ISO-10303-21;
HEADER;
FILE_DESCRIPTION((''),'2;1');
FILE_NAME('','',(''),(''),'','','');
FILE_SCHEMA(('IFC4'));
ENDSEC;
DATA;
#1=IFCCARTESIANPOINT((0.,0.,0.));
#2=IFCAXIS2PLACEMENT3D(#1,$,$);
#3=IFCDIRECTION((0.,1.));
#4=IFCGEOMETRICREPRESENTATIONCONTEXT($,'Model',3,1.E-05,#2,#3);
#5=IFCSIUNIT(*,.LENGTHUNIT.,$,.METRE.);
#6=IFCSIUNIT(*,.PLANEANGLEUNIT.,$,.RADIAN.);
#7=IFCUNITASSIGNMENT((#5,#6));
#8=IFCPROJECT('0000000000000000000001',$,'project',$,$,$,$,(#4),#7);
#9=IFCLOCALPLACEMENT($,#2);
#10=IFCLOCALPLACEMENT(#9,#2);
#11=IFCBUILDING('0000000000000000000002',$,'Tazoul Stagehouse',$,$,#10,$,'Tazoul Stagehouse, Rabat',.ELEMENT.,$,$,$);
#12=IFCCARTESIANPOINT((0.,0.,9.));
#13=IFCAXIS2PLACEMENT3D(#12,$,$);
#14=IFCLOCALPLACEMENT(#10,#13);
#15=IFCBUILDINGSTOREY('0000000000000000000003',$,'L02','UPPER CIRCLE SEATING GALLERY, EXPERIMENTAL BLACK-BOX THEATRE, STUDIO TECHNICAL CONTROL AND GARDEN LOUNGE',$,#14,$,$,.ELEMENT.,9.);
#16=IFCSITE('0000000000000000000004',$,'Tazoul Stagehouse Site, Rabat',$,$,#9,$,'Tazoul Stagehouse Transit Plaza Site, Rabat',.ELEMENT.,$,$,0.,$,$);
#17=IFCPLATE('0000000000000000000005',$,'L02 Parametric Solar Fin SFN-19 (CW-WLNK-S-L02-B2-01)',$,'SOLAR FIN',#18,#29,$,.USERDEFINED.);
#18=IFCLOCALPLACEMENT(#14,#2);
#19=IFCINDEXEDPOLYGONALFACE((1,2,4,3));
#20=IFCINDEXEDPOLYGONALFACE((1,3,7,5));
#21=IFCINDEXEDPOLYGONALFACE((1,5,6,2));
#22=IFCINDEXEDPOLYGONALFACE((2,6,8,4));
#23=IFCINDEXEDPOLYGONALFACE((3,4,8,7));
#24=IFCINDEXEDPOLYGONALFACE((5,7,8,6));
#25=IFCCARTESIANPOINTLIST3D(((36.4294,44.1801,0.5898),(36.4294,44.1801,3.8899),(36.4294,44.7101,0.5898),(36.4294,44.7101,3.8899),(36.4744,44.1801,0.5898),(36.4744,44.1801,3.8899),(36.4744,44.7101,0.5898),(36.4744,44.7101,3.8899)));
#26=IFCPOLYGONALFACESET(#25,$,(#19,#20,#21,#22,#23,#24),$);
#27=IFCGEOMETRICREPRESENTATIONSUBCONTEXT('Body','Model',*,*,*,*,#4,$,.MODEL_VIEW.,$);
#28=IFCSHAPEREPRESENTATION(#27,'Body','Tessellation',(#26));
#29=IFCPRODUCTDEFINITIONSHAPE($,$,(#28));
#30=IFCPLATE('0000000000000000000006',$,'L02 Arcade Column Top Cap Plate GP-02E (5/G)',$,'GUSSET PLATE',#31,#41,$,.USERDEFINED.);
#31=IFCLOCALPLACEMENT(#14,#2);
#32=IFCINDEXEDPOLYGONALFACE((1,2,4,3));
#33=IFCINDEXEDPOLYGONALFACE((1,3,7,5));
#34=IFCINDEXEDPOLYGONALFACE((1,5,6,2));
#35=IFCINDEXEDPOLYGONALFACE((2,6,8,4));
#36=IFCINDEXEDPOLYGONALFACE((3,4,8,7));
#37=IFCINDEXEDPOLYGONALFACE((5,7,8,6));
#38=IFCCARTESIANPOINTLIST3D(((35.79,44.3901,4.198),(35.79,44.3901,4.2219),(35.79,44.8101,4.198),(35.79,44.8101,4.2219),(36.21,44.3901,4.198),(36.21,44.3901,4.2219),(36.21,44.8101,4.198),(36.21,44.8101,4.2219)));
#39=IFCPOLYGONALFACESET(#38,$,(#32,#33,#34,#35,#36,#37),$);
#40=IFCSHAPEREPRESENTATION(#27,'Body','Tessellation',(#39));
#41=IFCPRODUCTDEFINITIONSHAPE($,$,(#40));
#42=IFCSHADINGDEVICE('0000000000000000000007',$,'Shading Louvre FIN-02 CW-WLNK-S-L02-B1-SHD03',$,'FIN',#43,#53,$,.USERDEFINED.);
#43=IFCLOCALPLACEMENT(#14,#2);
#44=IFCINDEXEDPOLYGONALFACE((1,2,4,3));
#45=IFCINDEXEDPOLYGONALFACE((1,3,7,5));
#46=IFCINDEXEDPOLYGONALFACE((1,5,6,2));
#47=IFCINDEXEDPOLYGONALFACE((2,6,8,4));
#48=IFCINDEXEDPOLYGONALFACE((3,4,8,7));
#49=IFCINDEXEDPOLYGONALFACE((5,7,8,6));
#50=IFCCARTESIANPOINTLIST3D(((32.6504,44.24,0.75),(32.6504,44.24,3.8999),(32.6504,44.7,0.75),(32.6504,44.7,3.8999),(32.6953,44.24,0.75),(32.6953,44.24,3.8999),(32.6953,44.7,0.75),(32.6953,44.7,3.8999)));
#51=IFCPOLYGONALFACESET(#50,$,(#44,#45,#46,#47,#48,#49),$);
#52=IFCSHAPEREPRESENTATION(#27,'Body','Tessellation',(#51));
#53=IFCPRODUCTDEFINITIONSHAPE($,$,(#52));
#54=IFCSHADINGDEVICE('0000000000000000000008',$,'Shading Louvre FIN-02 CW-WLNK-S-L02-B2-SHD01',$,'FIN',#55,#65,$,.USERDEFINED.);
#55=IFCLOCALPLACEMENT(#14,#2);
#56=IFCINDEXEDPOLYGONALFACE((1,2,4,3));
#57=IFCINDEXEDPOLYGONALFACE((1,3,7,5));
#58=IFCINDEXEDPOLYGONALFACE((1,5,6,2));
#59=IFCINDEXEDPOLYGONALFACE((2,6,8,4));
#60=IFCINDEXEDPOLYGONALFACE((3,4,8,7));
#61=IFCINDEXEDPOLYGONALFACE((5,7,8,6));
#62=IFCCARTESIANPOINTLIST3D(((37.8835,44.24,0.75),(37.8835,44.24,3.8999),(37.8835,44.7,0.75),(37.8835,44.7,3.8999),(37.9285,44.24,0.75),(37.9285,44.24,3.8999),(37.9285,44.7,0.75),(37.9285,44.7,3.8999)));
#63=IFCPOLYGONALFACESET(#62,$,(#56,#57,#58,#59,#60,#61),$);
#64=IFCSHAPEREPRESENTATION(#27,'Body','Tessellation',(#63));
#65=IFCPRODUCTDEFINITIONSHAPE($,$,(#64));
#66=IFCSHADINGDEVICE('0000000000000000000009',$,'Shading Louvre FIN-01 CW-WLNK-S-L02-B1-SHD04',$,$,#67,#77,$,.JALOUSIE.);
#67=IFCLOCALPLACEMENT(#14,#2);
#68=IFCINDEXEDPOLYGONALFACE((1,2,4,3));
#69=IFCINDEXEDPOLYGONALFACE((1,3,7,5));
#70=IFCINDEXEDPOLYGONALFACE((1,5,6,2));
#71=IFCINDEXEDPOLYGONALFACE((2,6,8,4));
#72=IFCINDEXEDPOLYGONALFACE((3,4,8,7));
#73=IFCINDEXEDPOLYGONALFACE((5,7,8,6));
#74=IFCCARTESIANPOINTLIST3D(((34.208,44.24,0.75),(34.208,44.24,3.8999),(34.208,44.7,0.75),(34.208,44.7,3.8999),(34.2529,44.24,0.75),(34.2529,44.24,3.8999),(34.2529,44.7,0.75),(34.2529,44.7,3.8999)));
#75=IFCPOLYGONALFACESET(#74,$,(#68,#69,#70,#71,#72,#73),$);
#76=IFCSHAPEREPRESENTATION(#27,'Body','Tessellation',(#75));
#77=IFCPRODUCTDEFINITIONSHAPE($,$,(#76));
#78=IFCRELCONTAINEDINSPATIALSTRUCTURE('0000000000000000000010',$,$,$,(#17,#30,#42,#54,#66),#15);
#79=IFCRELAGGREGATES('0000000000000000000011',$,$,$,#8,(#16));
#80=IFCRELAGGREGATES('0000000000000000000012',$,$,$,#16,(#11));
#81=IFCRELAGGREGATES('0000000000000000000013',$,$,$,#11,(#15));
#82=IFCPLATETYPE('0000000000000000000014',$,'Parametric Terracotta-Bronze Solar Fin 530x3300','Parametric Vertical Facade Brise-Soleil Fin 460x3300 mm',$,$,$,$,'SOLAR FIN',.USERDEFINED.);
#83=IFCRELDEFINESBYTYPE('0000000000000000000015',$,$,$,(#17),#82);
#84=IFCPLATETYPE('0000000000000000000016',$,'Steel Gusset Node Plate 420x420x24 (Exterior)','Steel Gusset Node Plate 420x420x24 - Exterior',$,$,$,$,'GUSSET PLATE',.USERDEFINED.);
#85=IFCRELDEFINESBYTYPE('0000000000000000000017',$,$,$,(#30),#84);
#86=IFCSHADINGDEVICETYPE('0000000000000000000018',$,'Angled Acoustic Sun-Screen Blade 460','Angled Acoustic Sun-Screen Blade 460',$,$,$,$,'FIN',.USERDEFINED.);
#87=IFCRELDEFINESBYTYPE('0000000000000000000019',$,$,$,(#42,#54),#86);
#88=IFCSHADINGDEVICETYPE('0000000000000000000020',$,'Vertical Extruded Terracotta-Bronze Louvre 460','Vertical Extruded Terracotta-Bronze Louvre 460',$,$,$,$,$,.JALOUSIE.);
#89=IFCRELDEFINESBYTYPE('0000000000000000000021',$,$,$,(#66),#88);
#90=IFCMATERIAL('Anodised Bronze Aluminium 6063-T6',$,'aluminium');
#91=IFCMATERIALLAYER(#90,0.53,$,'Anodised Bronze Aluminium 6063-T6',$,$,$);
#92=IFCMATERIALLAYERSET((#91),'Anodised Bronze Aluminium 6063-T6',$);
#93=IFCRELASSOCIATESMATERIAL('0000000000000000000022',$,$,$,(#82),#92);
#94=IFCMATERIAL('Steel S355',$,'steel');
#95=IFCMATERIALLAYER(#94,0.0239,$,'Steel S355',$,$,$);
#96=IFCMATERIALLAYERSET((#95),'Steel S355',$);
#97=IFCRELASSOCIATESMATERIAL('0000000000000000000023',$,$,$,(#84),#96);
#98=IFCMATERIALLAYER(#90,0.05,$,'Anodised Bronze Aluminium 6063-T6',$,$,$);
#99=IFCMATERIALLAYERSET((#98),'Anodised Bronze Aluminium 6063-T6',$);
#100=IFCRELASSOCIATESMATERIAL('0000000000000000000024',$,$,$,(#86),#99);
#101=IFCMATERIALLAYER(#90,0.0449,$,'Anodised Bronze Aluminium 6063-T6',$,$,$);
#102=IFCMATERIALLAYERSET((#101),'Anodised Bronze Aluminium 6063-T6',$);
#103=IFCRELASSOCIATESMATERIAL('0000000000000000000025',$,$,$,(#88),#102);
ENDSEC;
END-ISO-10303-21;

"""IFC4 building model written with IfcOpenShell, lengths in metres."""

from ifc_helpers import new_model, si_unit, direction, frame, origin, origin_2d, place, context, subcontext, project, spatial, rectangle, extrude, material, layer, layer_set, type_object, element, save


model = new_model("IFC4")

# Units and contexts
model_context = context("Model", 3, precision=1e-05, world=origin(), true_north=direction((0.0, 1.0)))
body_context = subcontext(model_context, "Body", "Model", "MODEL_VIEW")
ifc_project = project(units=[si_unit("LENGTHUNIT", "METRE"), si_unit("PLANEANGLEUNIT", "RADIAN")], contexts=[model_context])

# Site, building, storey
site_placement = place(None, origin())
site = spatial("IfcSite", under=ifc_project, at=site_placement, Name="Tazoul Stagehouse Site, Rabat", LongName="Tazoul Stagehouse Transit Plaza Site, Rabat", CompositionType="ELEMENT", RefElevation=0.0)
building_placement = place(site_placement, origin())
building = spatial("IfcBuilding", under=site, at=building_placement, Name="Tazoul Stagehouse", LongName="Tazoul Stagehouse, Rabat", CompositionType="ELEMENT")
storey_placement = place(building_placement, frame((0.0, 0.0, 9.0)))
storey = spatial("IfcBuildingStorey", under=building, at=storey_placement, Name="L02", Description="UPPER CIRCLE SEATING GALLERY, EXPERIMENTAL BLACK-BOX THEATRE, STUDIO TECHNICAL CONTROL AND GARDEN LOUNGE", CompositionType="ELEMENT", Elevation=9.0)

# Shared definitions
ifc_material_1 = material(Name="Steel S355", Category="steel")

# Plates
ifc_material_2 = material(Name="Anodised Bronze Aluminium 6063-T6", Category="aluminium")
ifc_layer_1 = layer(ifc_material_2, 0.53, Name="Anodised Bronze Aluminium 6063-T6")
ifc_layer_set_1 = layer_set([ifc_layer_1], Name="Anodised Bronze Aluminium 6063-T6")
plate_type_1 = type_object("IfcPlateType", Name="Parametric Terracotta-Bronze Solar Fin 530x3300", Description="Parametric Vertical Facade Brise-Soleil Fin 460x3300 mm", ElementType="SOLAR FIN", PredefinedType="USERDEFINED", material=ifc_layer_set_1)
plate_1_placement = place(storey_placement, frame((36.4519, 44.4451, 0.5898), z_axis=(0.0, 0.0, 1.0), x_axis=(1.0, 0.0, 0.0)))
element("IfcPlate", 1, at=plate_1_placement, inside=storey, type_object=plate_type_1, Name="L02 Parametric Solar Fin SFN-19 (CW-WLNK-S-L02-B2-01)", ObjectType="SOLAR FIN", PredefinedType="USERDEFINED", context=body_context, shape_type="SweptSolid", body=[
    extrude(rectangle(XDim=0.0449, YDim=0.53, at=origin_2d()), origin(), (0.0, 0.0, 1.0), 3.3),
])
ifc_layer_2 = layer(ifc_material_1, 0.0239, Name="Steel S355")
ifc_layer_set_2 = layer_set([ifc_layer_2], Name="Steel S355")
plate_type_2 = type_object("IfcPlateType", Name="Steel Gusset Node Plate 420x420x24 (Exterior)", Description="Steel Gusset Node Plate 420x420x24 - Exterior", ElementType="GUSSET PLATE", PredefinedType="USERDEFINED", material=ifc_layer_set_2)
plate_2_placement = place(storey_placement, frame((36.0, 44.6001, 4.198), z_axis=(0.0, 0.0, 1.0), x_axis=(1.0, 0.0, 0.0)))
element("IfcPlate", 2, at=plate_2_placement, inside=storey, type_object=plate_type_2, Name="L02 Arcade Column Top Cap Plate GP-02E (5/G)", ObjectType="GUSSET PLATE", PredefinedType="USERDEFINED", context=body_context, shape_type="SweptSolid", body=[
    extrude(rectangle(XDim=0.4199, YDim=0.4199, at=origin_2d()), origin(), (0.0, 0.0, 1.0), 0.0239),
])

# Shading devices
ifc_layer_3 = layer(ifc_material_2, 0.05, Name="Anodised Bronze Aluminium 6063-T6")
ifc_layer_set_3 = layer_set([ifc_layer_3], Name="Anodised Bronze Aluminium 6063-T6")
shading_device_type_1 = type_object("IfcShadingDeviceType", Name="Angled Acoustic Sun-Screen Blade 460", Description="Angled Acoustic Sun-Screen Blade 460", ElementType="FIN", PredefinedType="USERDEFINED", material=ifc_layer_set_3)
for number, where, z_axis, x_axis, name in (
    (3, (32.6729, 44.47, 0.75), (0.0, 0.0, 1.0), (1.0, 0.0, 0.0), "Shading Louvre FIN-02 CW-WLNK-S-L02-B1-SHD03"),
    (4, (37.906, 44.47, 0.75), (0.0, 0.0, 1.0), (1.0, 0.0, 0.0), "Shading Louvre FIN-02 CW-WLNK-S-L02-B2-SHD01"),
):
    element("IfcShadingDevice", number, at=place(storey_placement, frame(where, z_axis=z_axis, x_axis=x_axis)), inside=storey, type_object=shading_device_type_1, Name=name, ObjectType="FIN", PredefinedType="USERDEFINED", context=body_context, shape_type="SweptSolid", body=[
        extrude(rectangle(XDim=0.0449, YDim=0.46, at=origin_2d()), origin(), (0.0, 0.0, 1.0), 3.1499),
    ])
ifc_layer_4 = layer(ifc_material_2, 0.0449, Name="Anodised Bronze Aluminium 6063-T6")
ifc_layer_set_4 = layer_set([ifc_layer_4], Name="Anodised Bronze Aluminium 6063-T6")
shading_device_type_2 = type_object("IfcShadingDeviceType", Name="Vertical Extruded Terracotta-Bronze Louvre 460", Description="Vertical Extruded Terracotta-Bronze Louvre 460", PredefinedType="JALOUSIE", material=ifc_layer_set_4)
shading_device_placement = place(storey_placement, frame((34.2305, 44.47, 0.75), z_axis=(0.0, 0.0, 1.0), x_axis=(1.0, 0.0, 0.0)))
element("IfcShadingDevice", 5, at=shading_device_placement, inside=storey, type_object=shading_device_type_2, Name="Shading Louvre FIN-01 CW-WLNK-S-L02-B1-SHD04", PredefinedType="JALOUSIE", context=body_context, shape_type="SweptSolid", body=[
    extrude(rectangle(XDim=0.0449, YDim=0.46, at=origin_2d()), origin(), (0.0, 0.0, 1.0), 3.1499),
])

save(model, "model.ifc")
